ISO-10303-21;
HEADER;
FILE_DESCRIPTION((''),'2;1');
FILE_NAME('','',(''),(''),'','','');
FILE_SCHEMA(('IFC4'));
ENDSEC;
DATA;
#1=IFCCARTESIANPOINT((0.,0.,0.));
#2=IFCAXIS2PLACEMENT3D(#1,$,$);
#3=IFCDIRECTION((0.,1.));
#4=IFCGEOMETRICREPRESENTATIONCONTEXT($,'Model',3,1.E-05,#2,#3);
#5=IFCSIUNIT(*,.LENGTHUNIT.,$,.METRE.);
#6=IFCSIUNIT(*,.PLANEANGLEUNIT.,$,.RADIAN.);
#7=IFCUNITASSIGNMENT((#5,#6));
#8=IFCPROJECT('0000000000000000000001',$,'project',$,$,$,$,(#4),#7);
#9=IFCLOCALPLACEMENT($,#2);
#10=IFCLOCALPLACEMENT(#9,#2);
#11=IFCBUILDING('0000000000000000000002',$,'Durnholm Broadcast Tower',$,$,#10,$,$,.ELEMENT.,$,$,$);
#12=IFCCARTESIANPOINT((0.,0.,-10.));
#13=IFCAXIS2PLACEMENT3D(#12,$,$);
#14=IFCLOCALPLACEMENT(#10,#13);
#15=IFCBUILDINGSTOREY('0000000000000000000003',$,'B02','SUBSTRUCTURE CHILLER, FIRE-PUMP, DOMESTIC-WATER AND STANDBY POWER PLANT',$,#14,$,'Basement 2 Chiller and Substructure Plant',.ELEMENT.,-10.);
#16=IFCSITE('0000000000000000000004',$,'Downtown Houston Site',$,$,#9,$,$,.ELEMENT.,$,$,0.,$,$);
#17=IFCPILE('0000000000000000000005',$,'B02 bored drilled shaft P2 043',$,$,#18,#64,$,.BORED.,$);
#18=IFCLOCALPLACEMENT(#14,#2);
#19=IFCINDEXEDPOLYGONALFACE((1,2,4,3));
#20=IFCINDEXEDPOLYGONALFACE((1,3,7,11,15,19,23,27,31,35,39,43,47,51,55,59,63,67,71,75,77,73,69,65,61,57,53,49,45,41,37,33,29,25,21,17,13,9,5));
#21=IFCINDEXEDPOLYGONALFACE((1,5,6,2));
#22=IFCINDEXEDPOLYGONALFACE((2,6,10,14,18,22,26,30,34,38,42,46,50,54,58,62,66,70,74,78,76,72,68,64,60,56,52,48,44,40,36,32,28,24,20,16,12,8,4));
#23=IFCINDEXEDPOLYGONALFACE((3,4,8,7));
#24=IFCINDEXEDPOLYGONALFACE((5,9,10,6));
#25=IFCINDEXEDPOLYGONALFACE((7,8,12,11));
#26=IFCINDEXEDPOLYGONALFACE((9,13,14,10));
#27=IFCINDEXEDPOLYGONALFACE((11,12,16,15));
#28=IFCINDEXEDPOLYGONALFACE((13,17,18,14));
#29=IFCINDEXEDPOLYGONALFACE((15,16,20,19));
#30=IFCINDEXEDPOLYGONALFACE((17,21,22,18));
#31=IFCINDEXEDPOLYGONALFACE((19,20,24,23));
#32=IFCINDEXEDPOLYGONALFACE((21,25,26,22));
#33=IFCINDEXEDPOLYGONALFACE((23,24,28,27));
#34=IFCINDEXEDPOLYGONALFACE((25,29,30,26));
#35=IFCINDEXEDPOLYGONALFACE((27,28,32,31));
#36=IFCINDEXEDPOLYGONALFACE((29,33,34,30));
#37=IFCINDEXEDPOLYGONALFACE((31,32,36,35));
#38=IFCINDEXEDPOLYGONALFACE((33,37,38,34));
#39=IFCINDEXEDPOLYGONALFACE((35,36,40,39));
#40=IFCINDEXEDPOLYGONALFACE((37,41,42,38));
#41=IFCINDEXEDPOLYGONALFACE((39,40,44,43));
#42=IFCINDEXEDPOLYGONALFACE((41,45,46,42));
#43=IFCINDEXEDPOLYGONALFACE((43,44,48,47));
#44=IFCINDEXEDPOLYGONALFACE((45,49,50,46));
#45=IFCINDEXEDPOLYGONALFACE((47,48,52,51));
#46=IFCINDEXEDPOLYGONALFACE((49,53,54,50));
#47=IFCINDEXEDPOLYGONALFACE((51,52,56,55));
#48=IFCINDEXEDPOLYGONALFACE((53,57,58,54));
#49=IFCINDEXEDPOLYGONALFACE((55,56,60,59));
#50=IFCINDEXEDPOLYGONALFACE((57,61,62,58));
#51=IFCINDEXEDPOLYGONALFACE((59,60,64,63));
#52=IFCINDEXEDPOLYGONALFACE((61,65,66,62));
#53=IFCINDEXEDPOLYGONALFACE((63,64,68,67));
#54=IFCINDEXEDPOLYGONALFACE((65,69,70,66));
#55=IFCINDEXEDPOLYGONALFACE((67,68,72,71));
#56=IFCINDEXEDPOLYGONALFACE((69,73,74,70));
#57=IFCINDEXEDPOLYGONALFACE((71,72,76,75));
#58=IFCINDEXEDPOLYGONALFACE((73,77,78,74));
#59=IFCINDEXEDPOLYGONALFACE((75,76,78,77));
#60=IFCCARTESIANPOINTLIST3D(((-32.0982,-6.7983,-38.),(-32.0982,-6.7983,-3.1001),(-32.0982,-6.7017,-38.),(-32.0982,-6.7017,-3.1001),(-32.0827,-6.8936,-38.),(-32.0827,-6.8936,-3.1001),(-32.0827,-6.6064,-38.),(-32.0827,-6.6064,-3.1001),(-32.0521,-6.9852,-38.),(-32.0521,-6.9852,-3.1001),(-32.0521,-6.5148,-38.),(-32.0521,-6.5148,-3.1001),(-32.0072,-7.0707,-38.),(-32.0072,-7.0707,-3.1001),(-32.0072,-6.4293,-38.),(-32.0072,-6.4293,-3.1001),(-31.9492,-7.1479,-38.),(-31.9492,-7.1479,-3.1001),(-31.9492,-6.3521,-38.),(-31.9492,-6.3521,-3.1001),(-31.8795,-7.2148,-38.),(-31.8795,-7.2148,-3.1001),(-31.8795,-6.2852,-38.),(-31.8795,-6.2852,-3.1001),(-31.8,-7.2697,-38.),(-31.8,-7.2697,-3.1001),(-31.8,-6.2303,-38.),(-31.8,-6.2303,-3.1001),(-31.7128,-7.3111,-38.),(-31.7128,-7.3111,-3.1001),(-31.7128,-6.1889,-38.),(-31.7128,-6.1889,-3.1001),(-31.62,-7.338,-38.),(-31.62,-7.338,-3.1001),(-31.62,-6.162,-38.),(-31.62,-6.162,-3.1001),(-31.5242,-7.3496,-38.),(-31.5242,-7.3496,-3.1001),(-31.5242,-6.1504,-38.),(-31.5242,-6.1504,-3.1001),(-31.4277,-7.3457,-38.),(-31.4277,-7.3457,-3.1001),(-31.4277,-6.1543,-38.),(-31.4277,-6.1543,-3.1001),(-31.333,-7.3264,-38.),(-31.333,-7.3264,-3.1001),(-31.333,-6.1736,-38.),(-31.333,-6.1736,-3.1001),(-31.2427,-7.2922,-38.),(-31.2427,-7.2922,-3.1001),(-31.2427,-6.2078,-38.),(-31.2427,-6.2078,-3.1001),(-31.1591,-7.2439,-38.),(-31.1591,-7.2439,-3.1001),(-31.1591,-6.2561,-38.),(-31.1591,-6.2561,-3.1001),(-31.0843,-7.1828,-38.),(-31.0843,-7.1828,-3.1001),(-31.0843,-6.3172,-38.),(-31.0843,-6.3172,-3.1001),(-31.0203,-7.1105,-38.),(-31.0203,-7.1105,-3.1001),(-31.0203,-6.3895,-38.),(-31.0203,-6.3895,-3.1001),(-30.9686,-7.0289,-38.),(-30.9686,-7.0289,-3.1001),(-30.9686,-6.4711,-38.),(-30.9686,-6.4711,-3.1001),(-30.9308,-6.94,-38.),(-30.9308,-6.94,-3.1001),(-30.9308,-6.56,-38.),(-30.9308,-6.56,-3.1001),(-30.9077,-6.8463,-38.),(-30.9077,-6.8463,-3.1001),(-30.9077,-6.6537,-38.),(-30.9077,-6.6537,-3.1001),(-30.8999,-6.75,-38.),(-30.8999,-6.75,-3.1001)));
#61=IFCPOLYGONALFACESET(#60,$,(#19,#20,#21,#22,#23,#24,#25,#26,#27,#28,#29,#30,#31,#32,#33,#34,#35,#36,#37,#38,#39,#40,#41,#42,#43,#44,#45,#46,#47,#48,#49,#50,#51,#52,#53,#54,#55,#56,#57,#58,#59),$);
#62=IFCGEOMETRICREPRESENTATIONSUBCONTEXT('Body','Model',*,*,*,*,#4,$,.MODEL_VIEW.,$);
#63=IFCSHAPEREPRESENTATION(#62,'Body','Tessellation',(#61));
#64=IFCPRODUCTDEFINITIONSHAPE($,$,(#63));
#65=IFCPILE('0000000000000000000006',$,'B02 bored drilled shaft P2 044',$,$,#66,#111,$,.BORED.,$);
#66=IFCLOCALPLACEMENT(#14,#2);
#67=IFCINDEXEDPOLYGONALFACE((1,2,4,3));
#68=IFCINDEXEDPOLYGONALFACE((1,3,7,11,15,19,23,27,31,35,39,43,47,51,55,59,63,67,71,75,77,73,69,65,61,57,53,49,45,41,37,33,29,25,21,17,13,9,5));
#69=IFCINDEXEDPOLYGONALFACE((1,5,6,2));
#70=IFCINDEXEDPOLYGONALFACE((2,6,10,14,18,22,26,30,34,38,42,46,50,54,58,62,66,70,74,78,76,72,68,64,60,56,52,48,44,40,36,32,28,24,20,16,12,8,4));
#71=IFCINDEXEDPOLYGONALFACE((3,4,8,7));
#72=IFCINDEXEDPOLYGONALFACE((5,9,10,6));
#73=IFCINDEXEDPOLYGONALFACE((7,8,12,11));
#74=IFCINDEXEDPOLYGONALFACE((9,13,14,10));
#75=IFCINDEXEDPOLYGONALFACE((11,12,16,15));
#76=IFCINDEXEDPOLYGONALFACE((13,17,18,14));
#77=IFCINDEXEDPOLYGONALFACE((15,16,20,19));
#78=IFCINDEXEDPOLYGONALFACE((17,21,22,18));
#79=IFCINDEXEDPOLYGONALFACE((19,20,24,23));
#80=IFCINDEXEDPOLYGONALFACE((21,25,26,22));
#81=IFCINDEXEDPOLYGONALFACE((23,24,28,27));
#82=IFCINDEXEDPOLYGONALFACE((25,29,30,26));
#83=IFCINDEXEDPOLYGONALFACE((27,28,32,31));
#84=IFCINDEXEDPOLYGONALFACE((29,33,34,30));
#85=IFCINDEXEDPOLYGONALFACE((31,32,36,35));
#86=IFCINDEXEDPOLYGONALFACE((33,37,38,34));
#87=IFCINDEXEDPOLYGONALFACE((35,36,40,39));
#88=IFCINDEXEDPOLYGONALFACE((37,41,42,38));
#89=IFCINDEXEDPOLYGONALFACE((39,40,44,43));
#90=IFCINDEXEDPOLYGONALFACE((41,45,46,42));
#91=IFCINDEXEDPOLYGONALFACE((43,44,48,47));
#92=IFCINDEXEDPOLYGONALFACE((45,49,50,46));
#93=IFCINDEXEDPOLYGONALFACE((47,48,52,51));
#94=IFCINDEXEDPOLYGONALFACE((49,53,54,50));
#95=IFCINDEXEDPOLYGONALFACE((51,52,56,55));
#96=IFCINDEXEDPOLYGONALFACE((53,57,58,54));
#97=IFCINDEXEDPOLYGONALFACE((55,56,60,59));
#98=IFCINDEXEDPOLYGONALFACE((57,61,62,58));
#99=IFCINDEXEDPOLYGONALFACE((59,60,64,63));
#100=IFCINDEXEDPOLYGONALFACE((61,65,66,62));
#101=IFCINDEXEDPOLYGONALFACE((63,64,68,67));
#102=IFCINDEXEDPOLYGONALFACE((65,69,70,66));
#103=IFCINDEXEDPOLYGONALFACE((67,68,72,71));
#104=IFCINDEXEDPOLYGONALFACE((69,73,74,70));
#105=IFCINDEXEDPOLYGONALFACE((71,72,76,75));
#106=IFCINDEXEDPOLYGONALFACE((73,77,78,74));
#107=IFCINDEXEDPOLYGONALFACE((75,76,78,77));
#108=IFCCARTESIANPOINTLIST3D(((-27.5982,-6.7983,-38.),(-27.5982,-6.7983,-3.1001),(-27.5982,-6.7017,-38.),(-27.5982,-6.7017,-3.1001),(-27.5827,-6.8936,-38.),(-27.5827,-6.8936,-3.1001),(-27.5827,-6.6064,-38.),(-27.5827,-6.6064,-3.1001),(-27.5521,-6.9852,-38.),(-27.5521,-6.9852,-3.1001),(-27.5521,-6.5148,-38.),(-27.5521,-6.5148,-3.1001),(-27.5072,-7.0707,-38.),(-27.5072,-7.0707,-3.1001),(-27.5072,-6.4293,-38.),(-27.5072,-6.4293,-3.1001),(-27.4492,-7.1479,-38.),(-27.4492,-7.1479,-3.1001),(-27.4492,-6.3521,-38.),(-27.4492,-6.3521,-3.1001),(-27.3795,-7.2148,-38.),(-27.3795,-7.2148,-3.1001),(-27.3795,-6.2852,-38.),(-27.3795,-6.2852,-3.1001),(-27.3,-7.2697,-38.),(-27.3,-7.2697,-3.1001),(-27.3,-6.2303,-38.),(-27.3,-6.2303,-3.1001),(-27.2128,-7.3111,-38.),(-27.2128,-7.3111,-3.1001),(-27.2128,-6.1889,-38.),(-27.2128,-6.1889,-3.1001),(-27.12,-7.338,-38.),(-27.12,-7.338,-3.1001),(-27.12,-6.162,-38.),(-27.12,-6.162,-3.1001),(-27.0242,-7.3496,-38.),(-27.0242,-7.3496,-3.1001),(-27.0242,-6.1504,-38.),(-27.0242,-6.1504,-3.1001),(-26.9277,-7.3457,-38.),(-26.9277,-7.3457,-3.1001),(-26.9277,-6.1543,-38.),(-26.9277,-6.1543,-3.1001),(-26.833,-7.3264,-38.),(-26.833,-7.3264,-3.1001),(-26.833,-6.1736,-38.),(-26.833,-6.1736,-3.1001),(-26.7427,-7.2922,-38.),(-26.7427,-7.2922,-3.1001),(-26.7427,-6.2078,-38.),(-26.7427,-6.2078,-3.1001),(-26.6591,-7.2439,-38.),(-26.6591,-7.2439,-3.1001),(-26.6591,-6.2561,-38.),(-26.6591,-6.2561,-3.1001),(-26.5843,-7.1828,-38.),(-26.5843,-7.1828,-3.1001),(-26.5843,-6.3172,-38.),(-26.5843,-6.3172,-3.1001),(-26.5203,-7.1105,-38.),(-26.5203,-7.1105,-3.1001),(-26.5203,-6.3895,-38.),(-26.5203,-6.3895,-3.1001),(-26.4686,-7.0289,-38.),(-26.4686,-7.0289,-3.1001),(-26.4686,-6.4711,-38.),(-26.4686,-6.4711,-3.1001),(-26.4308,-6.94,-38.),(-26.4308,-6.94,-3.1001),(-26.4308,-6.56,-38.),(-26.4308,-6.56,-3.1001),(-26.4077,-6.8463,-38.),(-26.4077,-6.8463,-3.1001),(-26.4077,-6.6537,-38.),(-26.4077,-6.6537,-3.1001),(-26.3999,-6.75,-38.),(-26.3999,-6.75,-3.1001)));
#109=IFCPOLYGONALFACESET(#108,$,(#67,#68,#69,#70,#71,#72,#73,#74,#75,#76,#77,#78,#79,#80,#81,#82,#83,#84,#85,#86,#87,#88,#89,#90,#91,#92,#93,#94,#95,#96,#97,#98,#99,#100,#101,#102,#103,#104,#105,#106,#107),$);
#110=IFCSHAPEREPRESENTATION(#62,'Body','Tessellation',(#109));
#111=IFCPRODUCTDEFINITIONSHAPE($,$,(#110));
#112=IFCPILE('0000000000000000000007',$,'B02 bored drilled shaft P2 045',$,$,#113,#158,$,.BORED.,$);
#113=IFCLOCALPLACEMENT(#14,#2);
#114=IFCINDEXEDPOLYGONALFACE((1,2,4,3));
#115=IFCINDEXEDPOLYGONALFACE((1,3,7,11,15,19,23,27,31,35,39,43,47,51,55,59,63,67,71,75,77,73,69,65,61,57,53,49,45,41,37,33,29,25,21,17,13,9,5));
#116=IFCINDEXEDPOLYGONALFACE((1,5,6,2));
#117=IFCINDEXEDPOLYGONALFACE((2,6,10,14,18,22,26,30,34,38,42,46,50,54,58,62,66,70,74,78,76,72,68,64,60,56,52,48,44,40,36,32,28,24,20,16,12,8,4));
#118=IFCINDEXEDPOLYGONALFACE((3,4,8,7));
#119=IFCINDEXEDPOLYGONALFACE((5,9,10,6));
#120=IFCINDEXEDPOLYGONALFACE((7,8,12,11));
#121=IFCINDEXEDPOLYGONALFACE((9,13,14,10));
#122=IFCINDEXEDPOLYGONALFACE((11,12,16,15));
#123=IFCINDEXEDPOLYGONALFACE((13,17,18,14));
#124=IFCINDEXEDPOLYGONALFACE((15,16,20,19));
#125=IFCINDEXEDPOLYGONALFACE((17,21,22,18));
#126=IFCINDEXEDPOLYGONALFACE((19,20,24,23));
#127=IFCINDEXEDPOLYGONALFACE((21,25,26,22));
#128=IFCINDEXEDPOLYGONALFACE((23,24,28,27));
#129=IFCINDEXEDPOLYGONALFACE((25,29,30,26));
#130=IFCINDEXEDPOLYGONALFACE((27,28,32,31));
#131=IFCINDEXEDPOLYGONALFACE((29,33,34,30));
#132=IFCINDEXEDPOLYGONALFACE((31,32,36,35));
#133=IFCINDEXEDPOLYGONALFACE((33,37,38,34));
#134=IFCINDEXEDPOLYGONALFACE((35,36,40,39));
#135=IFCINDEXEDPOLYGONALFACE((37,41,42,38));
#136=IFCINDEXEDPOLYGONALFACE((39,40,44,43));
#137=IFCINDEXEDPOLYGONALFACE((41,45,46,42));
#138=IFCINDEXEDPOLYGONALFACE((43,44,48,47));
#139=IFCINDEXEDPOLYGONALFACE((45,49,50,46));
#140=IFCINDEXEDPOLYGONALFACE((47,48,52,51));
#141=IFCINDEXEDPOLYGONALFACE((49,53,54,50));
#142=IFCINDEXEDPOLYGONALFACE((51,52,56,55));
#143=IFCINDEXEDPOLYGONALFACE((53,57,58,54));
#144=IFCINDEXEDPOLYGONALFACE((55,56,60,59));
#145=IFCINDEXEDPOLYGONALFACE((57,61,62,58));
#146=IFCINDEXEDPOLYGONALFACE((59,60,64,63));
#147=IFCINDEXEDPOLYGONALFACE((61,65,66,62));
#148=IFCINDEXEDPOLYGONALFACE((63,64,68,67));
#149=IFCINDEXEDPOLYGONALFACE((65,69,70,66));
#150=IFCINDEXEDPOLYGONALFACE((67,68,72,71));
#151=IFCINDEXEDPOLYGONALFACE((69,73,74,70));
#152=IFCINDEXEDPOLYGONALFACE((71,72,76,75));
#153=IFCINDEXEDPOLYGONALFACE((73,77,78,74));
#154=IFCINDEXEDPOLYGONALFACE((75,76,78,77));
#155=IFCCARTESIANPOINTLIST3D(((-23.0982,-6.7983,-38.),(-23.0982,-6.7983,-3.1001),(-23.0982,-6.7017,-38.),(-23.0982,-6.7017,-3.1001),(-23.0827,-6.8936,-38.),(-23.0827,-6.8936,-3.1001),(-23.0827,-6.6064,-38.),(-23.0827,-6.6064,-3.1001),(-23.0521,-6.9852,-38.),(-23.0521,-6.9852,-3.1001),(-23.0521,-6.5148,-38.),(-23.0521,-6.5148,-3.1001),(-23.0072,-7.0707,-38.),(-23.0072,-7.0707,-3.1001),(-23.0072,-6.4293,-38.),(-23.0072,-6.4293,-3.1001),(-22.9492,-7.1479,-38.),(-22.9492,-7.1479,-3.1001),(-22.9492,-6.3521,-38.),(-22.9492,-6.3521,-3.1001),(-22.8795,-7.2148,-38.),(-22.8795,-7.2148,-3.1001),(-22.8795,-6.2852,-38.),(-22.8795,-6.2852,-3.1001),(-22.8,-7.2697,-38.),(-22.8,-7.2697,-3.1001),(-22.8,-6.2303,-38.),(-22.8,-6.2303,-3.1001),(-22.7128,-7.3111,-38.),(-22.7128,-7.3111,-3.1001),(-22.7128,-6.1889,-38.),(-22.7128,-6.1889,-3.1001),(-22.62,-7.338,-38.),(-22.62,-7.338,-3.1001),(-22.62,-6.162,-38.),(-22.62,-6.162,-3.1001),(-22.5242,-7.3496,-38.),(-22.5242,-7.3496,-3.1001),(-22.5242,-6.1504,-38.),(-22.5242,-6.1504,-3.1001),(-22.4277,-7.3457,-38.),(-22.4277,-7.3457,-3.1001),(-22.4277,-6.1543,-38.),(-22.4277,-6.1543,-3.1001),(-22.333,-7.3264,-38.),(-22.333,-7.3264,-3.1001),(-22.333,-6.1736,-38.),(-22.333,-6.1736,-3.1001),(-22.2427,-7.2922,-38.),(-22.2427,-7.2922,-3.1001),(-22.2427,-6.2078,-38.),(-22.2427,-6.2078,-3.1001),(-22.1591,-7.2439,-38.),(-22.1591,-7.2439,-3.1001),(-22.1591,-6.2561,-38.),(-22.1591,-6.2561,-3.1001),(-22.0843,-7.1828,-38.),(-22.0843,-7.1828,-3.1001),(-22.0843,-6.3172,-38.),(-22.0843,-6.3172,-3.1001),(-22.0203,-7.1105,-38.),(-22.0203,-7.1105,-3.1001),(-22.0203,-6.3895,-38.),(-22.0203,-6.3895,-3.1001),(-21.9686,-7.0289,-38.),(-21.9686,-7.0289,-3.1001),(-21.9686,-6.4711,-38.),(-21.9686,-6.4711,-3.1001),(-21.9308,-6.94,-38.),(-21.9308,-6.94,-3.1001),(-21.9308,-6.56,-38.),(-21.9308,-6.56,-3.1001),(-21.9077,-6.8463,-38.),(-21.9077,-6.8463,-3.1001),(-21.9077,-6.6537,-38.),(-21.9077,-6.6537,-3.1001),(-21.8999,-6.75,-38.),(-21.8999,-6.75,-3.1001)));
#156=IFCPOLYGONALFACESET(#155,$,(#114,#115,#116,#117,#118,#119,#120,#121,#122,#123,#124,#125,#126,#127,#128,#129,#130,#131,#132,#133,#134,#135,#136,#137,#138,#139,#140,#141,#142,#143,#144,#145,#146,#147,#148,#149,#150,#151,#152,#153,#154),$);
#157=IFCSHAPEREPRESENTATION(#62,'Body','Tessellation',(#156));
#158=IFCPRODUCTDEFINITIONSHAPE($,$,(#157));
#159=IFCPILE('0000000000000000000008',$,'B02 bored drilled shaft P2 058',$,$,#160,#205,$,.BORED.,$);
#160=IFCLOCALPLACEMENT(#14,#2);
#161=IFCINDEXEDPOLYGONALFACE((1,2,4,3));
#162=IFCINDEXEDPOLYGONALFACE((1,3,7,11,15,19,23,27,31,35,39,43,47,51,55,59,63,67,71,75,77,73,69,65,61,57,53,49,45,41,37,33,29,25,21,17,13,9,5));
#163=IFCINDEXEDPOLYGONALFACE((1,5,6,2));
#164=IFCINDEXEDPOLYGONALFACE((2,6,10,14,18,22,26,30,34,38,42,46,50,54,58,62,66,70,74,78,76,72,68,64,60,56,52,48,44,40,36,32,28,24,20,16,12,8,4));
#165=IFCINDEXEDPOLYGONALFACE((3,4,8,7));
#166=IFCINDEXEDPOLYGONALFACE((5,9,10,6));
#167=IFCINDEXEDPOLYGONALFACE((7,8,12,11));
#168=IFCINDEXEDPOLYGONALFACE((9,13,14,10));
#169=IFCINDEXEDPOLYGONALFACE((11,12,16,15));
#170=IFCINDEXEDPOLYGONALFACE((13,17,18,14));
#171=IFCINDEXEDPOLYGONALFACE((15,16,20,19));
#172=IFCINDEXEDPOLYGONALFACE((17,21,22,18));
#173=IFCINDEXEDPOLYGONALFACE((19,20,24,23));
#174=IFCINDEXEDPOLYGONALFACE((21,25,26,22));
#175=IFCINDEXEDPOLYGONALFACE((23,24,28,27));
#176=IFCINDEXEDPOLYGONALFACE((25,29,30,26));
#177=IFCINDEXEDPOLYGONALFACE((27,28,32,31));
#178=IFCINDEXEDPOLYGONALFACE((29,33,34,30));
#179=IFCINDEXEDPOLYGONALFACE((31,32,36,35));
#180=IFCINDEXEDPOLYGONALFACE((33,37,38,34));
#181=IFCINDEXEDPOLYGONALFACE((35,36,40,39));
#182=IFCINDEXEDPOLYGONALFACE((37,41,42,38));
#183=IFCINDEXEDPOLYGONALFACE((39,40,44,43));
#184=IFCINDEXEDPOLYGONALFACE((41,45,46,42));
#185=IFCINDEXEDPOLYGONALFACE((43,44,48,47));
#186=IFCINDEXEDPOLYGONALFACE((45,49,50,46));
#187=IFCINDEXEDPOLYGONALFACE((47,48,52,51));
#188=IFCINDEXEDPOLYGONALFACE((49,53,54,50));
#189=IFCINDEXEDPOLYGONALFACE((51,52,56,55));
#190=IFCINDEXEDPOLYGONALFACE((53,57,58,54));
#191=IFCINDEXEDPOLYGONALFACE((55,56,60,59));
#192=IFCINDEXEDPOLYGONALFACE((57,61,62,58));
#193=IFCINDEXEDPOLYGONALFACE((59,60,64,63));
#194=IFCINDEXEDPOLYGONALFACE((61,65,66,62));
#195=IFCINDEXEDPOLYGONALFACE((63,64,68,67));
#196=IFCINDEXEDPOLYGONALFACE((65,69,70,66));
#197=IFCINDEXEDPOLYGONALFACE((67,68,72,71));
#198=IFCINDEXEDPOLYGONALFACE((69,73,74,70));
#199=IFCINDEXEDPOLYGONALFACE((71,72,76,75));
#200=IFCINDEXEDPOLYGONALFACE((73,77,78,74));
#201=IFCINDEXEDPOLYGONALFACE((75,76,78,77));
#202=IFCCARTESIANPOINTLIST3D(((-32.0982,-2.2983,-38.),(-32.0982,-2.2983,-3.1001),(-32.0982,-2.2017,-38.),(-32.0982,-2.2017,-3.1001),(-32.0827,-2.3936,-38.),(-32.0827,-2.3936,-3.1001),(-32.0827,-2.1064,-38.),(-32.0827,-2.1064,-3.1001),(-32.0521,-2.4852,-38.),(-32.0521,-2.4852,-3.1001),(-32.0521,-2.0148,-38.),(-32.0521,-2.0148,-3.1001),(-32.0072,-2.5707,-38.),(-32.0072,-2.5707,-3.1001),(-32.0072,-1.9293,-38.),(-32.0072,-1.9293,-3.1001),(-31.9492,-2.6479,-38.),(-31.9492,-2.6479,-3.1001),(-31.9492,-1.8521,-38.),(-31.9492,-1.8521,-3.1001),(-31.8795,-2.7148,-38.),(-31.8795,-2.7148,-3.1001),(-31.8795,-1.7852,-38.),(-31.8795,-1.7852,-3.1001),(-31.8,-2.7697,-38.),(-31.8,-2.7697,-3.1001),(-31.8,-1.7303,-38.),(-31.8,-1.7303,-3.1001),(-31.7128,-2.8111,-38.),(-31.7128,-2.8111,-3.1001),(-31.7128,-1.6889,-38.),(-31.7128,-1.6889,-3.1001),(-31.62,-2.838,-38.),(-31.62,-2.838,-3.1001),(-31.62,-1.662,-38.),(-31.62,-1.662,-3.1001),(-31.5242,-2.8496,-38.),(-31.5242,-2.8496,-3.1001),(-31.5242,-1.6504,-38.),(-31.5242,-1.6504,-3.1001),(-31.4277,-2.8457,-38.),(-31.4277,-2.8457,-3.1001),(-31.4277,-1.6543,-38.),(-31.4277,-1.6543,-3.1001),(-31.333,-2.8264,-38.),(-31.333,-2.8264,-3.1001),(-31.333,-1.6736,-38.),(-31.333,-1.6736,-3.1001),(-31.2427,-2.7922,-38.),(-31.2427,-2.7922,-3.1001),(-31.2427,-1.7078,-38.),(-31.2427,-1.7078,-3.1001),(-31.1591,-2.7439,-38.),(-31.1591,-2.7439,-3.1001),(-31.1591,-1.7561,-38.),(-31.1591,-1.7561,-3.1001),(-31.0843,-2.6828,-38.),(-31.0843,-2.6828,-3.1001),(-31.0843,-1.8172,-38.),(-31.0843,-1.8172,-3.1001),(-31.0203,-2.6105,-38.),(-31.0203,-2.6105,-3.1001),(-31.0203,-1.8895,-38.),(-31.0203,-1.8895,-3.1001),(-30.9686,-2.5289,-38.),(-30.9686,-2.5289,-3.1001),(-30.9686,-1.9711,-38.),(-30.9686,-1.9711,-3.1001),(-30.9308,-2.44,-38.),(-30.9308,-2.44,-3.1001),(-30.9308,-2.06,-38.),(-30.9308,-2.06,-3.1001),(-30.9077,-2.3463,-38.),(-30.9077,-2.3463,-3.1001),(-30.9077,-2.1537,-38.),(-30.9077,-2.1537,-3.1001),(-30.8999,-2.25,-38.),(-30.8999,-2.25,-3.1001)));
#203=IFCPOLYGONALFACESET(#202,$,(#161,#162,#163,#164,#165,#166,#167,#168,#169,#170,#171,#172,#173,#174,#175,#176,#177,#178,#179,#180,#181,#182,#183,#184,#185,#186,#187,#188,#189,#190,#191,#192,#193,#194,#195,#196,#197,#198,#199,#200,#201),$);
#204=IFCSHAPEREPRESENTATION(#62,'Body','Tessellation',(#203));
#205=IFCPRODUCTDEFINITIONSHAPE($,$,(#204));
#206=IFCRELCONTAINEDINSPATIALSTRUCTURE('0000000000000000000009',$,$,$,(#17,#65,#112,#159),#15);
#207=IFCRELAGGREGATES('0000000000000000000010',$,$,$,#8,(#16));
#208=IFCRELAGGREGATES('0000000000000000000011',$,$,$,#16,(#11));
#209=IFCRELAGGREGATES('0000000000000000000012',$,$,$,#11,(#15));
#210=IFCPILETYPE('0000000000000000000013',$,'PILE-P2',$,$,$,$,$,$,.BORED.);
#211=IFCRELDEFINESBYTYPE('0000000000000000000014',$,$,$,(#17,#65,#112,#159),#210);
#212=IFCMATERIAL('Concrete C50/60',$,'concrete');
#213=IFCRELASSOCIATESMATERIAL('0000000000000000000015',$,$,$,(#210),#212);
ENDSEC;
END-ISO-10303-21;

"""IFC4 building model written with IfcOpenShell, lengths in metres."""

from ifc_helpers import new_model, si_unit, direction, frame, origin, origin_2d, place, context, subcontext, project, spatial, circle, extrude, source, transform, mapped, material, material_profile, profile_set, type_object, type_shapes, element, save


model = new_model("IFC4")

# Units and contexts
model_context = context("Model", 3, precision=1e-05, world=origin(), true_north=direction((0.0, 1.0)))
body_context = subcontext(model_context, "Body", "Model", "MODEL_VIEW")
ifc_project = project(units=[si_unit("LENGTHUNIT", "METRE"), si_unit("PLANEANGLEUNIT", "RADIAN")], contexts=[model_context])

# Site, building, storey
site_placement = place(None, origin())
site = spatial("IfcSite", under=ifc_project, at=site_placement, Name="Downtown Houston Site", CompositionType="ELEMENT", RefElevation=0.0)
building_placement = place(site_placement, origin())
building = spatial("IfcBuilding", under=site, at=building_placement, Name="Durnholm Broadcast Tower", CompositionType="ELEMENT")
storey_placement = place(building_placement, frame((0.0, 0.0, -10.0)))
storey = spatial("IfcBuildingStorey", under=building, at=storey_placement, Name="B02", Description="SUBSTRUCTURE CHILLER, FIRE-PUMP, DOMESTIC-WATER AND STANDBY POWER PLANT", LongName="Basement 2 Chiller and Substructure Plant", CompositionType="ELEMENT", Elevation=-10.0)

# Piles
ifc_material_1 = material(Name="Concrete C50/60", Category="concrete")
ifc_material_profile_1 = material_profile(ifc_material_1, circle(Radius=0.6001, at=origin_2d()), Name="PILE1200")
ifc_profile_set_1 = profile_set([ifc_material_profile_1], Name="Concrete C50/60")
pile_type_1 = type_object("IfcPileType", Name="PILE-P2", PredefinedType="BORED", material=ifc_profile_set_1)
shared_shape_1 = source(origin(), body_context, "Body", "SweptSolid", [
    extrude(circle(Radius=0.6001, at=origin_2d()), origin(), (0.0, 0.0, 1.0), 34.8999),
])
type_shapes(pile_type_1, [shared_shape_1])
for number, where, z_axis, x_axis, name in (
    (1, (-31.5, -6.75, -3.1001), (0.0, 0.0, -1.0), (1.0, 0.0, 0.0), "B02 bored drilled shaft P2 043"),
    (2, (-27.0, -6.75, -3.1001), (0.0, 0.0, -1.0), (1.0, 0.0, 0.0), "B02 bored drilled shaft P2 044"),
    (3, (-22.5, -6.75, -3.1001), (0.0, 0.0, -1.0), (1.0, 0.0, 0.0), "B02 bored drilled shaft P2 045"),
    (4, (-31.5, -2.25, -3.1001), (0.0, 0.0, -1.0), (1.0, 0.0, 0.0), "B02 bored drilled shaft P2 058"),
):
    element("IfcPile", number, at=place(storey_placement, frame(where, z_axis=z_axis, x_axis=x_axis)), inside=storey, type_object=pile_type_1, Name=name, PredefinedType="BORED", context=body_context, shape_type="MappedRepresentation", body=[
        mapped(shared_shape_1, transform((0.0, 0.0, 0.0), x_axis=(1.0, 0.0, 0.0), y_axis=(0.0, 1.0, 0.0), z_axis=(0.0, 0.0, 1.0), scale=1.0)),
    ])

save(model, "model.ifc")
